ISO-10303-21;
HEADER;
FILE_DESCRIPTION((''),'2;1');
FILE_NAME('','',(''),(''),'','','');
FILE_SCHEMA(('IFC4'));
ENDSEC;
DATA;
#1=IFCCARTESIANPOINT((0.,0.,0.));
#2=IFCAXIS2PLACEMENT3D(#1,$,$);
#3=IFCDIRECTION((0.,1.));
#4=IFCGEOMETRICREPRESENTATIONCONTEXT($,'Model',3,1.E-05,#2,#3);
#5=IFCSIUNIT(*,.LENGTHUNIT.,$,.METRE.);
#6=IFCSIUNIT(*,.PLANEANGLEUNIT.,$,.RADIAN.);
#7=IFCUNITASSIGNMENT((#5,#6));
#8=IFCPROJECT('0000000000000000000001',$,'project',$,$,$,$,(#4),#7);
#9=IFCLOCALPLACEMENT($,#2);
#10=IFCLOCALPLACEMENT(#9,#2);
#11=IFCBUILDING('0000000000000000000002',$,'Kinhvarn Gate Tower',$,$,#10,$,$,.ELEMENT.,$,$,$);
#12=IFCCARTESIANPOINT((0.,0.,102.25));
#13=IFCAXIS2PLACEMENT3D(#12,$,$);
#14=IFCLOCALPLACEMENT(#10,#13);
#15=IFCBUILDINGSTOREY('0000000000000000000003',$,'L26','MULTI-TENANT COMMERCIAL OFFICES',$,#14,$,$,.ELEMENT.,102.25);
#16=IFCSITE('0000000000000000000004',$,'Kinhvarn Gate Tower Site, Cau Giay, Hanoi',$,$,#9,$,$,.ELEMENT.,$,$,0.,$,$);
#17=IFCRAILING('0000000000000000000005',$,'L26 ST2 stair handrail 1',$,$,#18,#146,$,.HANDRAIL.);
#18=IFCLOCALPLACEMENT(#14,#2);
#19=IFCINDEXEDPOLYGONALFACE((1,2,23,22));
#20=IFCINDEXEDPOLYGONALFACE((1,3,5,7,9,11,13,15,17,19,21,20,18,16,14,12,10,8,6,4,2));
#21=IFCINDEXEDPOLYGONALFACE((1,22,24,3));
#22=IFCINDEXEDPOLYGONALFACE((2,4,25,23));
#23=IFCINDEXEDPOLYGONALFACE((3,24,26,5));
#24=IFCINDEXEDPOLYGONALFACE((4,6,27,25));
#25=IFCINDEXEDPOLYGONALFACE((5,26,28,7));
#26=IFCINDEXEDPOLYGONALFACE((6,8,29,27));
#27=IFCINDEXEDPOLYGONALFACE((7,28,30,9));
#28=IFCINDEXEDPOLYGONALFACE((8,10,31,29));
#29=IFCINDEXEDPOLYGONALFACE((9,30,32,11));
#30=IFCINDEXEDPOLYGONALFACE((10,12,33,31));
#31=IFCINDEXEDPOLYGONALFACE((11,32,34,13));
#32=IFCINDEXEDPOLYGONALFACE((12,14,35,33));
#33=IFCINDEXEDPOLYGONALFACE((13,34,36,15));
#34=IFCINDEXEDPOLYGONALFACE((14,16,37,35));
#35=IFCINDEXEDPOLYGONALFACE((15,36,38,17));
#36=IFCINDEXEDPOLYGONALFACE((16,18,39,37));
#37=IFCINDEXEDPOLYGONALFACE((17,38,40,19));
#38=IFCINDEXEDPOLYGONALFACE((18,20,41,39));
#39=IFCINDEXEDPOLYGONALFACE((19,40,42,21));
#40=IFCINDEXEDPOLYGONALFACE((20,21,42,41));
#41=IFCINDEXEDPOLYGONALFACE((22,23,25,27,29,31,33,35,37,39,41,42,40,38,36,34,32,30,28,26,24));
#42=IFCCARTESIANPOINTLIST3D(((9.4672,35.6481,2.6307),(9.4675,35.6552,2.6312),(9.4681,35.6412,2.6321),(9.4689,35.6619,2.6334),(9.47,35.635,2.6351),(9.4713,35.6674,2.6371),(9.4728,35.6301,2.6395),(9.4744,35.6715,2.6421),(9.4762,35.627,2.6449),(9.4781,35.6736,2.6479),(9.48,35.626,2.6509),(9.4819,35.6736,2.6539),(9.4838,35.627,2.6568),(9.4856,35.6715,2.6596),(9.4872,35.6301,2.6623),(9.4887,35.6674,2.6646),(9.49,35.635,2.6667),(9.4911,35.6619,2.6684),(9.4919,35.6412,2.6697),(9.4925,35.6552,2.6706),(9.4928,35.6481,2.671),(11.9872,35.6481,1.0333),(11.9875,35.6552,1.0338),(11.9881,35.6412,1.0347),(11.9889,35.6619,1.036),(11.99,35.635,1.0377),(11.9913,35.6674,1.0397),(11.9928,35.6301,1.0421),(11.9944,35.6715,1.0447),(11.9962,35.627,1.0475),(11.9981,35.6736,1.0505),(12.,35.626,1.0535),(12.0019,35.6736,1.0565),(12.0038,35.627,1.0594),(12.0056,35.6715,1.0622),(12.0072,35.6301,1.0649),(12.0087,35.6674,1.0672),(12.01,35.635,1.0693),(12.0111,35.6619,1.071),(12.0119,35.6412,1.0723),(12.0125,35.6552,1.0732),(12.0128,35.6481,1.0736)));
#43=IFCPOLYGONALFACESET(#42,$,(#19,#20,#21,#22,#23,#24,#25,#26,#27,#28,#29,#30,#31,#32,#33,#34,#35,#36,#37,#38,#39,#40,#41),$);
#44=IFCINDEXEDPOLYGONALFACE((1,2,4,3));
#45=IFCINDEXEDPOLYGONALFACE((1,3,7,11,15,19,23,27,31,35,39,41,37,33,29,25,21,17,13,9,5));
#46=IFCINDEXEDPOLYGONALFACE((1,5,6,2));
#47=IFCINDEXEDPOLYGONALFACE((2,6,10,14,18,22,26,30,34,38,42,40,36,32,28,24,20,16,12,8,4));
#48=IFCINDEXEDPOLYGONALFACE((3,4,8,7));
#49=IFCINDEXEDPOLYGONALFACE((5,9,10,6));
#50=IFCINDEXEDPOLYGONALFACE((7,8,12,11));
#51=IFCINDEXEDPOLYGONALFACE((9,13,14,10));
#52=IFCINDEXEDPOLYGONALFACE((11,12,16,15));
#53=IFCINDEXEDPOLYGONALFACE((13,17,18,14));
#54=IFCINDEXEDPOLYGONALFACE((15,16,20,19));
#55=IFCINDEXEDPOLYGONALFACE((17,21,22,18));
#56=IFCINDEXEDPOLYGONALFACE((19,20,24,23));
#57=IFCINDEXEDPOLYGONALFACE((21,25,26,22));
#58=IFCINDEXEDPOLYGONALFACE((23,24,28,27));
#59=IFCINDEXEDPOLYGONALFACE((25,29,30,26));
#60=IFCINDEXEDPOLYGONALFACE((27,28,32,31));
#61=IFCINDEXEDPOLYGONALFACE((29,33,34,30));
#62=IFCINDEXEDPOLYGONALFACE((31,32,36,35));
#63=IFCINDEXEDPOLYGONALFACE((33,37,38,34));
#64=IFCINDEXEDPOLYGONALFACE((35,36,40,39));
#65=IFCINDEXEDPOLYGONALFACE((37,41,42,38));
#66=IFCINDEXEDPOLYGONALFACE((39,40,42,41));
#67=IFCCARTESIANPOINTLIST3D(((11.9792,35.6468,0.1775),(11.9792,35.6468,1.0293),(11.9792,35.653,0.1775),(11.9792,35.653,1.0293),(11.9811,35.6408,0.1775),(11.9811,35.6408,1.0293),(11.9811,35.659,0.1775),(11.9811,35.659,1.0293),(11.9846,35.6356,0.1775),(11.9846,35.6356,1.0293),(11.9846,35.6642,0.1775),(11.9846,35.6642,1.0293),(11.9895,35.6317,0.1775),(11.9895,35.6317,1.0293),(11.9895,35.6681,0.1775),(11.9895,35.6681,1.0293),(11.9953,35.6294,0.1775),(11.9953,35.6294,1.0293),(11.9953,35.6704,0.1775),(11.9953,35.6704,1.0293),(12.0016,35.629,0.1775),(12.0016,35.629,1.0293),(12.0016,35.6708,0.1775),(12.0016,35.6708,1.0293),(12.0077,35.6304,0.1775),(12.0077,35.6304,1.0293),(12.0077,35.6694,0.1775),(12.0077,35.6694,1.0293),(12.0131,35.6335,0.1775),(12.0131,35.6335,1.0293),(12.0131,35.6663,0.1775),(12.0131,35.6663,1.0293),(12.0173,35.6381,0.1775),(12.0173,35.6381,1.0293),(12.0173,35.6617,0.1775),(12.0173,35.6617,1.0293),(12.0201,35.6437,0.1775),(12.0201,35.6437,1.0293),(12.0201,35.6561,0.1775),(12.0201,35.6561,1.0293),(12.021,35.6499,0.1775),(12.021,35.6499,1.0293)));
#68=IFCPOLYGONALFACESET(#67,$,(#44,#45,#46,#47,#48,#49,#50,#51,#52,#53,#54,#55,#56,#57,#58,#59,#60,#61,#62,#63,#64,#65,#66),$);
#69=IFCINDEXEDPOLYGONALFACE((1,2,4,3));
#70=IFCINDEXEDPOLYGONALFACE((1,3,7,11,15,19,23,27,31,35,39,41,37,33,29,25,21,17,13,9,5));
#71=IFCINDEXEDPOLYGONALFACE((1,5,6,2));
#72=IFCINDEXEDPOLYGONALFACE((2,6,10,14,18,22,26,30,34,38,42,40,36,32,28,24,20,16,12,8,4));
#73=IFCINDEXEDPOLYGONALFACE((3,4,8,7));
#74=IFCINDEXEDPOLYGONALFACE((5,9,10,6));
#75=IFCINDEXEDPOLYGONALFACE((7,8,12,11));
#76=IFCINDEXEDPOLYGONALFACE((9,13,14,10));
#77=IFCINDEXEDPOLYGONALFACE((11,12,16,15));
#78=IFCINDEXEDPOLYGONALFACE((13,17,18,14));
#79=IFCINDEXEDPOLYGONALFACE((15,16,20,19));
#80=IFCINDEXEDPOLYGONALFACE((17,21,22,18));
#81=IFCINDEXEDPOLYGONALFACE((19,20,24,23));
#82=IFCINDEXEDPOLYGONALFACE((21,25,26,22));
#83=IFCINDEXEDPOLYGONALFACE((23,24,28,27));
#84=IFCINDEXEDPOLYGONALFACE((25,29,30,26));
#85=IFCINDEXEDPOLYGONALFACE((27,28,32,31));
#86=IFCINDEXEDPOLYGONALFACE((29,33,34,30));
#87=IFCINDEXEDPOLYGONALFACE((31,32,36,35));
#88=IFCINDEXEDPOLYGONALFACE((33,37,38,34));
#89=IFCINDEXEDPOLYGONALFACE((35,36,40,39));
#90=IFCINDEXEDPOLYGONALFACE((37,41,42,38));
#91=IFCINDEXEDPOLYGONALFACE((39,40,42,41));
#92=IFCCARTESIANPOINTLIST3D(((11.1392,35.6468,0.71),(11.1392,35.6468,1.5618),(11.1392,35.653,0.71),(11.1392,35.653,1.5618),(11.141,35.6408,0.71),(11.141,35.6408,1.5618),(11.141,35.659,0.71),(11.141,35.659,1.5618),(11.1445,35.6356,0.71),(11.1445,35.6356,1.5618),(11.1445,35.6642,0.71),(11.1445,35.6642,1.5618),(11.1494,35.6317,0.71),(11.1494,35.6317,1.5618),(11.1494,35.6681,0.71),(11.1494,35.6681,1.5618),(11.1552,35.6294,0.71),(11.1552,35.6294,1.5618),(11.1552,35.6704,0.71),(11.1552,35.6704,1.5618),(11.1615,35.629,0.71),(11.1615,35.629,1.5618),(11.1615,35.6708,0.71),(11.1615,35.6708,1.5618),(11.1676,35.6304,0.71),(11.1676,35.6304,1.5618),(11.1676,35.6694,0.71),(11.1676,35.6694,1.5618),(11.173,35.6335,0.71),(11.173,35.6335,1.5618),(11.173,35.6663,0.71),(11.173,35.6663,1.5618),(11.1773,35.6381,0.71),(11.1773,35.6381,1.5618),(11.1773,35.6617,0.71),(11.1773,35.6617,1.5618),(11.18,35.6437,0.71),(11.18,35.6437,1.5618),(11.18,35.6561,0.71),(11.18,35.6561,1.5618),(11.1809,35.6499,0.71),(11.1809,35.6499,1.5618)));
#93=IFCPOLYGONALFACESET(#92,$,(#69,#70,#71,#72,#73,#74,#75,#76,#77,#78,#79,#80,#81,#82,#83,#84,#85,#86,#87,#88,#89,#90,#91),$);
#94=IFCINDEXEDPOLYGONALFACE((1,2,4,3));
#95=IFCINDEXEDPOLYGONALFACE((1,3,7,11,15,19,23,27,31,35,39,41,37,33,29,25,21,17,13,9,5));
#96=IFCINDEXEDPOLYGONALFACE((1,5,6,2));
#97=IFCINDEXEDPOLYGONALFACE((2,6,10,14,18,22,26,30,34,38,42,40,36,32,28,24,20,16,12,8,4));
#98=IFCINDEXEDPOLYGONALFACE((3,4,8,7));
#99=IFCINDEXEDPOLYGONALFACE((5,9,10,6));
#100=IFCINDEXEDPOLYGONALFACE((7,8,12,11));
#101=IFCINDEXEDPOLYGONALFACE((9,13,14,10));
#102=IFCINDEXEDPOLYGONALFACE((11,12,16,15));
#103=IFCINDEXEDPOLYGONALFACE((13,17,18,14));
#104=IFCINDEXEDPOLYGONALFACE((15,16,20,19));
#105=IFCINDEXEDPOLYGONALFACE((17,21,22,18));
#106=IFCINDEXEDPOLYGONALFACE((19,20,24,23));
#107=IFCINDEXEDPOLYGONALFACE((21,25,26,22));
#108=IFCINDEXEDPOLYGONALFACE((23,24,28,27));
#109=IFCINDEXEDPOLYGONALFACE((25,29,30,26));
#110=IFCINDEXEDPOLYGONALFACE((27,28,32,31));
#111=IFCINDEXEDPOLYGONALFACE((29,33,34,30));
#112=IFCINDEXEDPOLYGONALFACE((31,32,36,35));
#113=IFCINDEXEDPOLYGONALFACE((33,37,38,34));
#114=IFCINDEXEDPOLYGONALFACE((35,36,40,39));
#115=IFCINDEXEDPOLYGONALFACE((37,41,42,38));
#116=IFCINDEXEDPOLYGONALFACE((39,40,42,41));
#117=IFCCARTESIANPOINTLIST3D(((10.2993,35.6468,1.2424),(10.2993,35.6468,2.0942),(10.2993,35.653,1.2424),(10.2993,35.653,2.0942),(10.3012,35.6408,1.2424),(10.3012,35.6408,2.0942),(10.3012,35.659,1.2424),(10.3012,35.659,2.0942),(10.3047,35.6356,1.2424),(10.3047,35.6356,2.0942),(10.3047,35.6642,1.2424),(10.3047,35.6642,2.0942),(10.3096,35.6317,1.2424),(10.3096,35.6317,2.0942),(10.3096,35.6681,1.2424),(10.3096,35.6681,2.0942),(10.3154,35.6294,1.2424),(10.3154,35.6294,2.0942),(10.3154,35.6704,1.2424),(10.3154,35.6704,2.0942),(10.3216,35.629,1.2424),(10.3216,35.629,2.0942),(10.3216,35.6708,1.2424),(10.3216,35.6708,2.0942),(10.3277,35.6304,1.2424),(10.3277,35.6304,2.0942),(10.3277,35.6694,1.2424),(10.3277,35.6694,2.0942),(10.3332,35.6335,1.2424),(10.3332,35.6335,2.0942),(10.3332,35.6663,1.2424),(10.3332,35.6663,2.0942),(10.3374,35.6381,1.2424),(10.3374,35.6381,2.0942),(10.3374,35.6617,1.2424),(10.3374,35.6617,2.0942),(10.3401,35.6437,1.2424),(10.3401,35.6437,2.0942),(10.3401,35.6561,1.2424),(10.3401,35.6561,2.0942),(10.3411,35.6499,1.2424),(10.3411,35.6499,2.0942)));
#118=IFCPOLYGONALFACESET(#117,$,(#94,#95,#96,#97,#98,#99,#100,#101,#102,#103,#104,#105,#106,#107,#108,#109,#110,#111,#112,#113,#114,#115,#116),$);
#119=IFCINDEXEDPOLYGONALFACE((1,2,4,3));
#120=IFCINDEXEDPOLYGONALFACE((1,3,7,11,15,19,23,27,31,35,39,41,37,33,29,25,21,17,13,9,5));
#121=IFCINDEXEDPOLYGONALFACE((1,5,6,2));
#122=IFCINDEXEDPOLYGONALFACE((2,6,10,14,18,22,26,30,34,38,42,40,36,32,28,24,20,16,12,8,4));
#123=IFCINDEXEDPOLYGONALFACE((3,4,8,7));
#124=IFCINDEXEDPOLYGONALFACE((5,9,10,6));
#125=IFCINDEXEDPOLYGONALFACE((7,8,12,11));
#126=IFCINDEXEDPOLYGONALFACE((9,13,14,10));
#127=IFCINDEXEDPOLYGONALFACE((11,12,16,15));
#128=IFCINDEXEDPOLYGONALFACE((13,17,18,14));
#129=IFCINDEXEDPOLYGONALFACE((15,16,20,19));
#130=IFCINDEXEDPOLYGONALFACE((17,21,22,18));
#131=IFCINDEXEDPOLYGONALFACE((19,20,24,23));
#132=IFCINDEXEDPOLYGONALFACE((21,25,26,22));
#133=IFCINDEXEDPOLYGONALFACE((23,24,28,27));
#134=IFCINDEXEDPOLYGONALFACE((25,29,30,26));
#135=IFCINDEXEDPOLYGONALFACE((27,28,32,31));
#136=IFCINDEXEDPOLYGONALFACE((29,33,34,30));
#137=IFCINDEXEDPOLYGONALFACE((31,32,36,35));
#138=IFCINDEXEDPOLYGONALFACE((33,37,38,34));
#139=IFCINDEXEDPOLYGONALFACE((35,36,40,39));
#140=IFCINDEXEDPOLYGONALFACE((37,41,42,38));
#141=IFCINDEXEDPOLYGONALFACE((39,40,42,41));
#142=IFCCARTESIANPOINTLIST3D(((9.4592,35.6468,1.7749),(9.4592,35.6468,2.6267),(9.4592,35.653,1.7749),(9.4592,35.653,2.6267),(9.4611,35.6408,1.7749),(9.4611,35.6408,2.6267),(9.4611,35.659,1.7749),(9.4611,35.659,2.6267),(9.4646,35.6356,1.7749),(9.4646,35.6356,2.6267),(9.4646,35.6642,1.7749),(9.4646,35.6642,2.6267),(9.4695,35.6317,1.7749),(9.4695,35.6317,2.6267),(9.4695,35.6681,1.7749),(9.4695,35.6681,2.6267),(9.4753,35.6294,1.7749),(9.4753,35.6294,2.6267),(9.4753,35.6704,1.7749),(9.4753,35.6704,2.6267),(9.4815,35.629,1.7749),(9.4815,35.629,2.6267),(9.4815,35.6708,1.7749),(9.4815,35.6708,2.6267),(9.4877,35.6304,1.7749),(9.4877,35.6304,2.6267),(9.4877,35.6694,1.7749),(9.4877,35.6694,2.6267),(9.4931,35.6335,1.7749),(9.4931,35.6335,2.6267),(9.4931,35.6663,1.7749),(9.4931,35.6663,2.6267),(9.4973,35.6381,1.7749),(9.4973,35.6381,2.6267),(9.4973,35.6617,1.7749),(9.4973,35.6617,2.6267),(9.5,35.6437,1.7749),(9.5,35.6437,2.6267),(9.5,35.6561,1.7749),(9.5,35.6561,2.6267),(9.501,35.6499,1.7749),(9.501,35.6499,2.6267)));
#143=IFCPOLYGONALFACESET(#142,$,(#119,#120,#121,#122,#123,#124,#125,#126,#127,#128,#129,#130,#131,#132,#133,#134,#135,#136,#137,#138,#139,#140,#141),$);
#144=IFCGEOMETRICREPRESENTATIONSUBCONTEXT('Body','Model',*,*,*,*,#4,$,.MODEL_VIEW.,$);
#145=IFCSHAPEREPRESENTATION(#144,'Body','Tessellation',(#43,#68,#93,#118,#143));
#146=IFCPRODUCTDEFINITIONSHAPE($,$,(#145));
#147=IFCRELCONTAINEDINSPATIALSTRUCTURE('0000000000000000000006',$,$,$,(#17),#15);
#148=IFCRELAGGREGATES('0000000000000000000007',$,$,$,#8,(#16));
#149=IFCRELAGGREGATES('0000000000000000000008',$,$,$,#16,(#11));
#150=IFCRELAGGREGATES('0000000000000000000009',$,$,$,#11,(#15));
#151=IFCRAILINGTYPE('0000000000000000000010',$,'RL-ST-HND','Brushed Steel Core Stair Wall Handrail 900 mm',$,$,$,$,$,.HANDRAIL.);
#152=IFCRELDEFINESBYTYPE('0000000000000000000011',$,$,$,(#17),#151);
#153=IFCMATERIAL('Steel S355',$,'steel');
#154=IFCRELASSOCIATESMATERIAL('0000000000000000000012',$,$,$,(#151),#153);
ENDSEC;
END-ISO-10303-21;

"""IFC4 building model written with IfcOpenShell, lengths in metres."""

from ifc_helpers import new_model, si_unit, direction, frame, origin, origin_2d, place, context, subcontext, project, spatial, circle, extrude, material, type_object, element, save


model = new_model("IFC4")

# Units and contexts
model_context = context("Model", 3, precision=1e-05, world=origin(), true_north=direction((0.0, 1.0)))
body_context = subcontext(model_context, "Body", "Model", "MODEL_VIEW")
ifc_project = project(units=[si_unit("LENGTHUNIT", "METRE"), si_unit("PLANEANGLEUNIT", "RADIAN")], contexts=[model_context])

# Site, building, storey
site_placement = place(None, origin())
site = spatial("IfcSite", under=ifc_project, at=site_placement, Name="Kinhvarn Gate Tower Site, Cau Giay, Hanoi", CompositionType="ELEMENT", RefElevation=0.0)
building_placement = place(site_placement, origin())
building = spatial("IfcBuilding", under=site, at=building_placement, Name="Kinhvarn Gate Tower", CompositionType="ELEMENT")
storey_placement = place(building_placement, frame((0.0, 0.0, 102.25)))
storey = spatial("IfcBuildingStorey", under=building, at=storey_placement, Name="L26", Description="MULTI-TENANT COMMERCIAL OFFICES", CompositionType="ELEMENT", Elevation=102.25)

# Shared definitions
ifc_material_1 = material(Name="Steel S355", Category="steel")

# Railing
railing_type_1 = type_object("IfcRailingType", Name="RL-ST-HND", Description="Brushed Steel Core Stair Wall Handrail 900 mm", PredefinedType="HANDRAIL", material=ifc_material_1)
railing_1_placement = place(storey_placement, frame((12.0, 35.6499, 0.1775)))
element("IfcRailing", 1, at=railing_1_placement, inside=storey, type_object=railing_type_1, Name="L26 ST2 stair handrail 1", PredefinedType="HANDRAIL", context=body_context, shape_type="SweptSolid", body=[
    extrude(circle(Radius=0.0239, at=origin_2d()), frame((0.0, 0.0, 0.876), z_axis=(-0.844607, 0.0, 0.535387), x_axis=(0.0, -1.0, 0.0)), (0.0, 0.0, 1.0), 2.9836),
    extrude(circle(Radius=0.021, at=origin_2d()), origin(), (0.0, 0.0, 1.0), 0.8518),
    extrude(circle(Radius=0.021, at=origin_2d()), frame((-0.8401, 0.0, 0.5325)), (0.0, 0.0, 1.0), 0.8518),
    extrude(circle(Radius=0.021, at=origin_2d()), frame((-1.6799, 0.0, 1.0649)), (0.0, 0.0, 1.0), 0.8518),
    extrude(circle(Radius=0.021, at=origin_2d()), frame((-2.52, 0.0, 1.5974)), (0.0, 0.0, 1.0), 0.8518),
])

save(model, "model.ifc")
